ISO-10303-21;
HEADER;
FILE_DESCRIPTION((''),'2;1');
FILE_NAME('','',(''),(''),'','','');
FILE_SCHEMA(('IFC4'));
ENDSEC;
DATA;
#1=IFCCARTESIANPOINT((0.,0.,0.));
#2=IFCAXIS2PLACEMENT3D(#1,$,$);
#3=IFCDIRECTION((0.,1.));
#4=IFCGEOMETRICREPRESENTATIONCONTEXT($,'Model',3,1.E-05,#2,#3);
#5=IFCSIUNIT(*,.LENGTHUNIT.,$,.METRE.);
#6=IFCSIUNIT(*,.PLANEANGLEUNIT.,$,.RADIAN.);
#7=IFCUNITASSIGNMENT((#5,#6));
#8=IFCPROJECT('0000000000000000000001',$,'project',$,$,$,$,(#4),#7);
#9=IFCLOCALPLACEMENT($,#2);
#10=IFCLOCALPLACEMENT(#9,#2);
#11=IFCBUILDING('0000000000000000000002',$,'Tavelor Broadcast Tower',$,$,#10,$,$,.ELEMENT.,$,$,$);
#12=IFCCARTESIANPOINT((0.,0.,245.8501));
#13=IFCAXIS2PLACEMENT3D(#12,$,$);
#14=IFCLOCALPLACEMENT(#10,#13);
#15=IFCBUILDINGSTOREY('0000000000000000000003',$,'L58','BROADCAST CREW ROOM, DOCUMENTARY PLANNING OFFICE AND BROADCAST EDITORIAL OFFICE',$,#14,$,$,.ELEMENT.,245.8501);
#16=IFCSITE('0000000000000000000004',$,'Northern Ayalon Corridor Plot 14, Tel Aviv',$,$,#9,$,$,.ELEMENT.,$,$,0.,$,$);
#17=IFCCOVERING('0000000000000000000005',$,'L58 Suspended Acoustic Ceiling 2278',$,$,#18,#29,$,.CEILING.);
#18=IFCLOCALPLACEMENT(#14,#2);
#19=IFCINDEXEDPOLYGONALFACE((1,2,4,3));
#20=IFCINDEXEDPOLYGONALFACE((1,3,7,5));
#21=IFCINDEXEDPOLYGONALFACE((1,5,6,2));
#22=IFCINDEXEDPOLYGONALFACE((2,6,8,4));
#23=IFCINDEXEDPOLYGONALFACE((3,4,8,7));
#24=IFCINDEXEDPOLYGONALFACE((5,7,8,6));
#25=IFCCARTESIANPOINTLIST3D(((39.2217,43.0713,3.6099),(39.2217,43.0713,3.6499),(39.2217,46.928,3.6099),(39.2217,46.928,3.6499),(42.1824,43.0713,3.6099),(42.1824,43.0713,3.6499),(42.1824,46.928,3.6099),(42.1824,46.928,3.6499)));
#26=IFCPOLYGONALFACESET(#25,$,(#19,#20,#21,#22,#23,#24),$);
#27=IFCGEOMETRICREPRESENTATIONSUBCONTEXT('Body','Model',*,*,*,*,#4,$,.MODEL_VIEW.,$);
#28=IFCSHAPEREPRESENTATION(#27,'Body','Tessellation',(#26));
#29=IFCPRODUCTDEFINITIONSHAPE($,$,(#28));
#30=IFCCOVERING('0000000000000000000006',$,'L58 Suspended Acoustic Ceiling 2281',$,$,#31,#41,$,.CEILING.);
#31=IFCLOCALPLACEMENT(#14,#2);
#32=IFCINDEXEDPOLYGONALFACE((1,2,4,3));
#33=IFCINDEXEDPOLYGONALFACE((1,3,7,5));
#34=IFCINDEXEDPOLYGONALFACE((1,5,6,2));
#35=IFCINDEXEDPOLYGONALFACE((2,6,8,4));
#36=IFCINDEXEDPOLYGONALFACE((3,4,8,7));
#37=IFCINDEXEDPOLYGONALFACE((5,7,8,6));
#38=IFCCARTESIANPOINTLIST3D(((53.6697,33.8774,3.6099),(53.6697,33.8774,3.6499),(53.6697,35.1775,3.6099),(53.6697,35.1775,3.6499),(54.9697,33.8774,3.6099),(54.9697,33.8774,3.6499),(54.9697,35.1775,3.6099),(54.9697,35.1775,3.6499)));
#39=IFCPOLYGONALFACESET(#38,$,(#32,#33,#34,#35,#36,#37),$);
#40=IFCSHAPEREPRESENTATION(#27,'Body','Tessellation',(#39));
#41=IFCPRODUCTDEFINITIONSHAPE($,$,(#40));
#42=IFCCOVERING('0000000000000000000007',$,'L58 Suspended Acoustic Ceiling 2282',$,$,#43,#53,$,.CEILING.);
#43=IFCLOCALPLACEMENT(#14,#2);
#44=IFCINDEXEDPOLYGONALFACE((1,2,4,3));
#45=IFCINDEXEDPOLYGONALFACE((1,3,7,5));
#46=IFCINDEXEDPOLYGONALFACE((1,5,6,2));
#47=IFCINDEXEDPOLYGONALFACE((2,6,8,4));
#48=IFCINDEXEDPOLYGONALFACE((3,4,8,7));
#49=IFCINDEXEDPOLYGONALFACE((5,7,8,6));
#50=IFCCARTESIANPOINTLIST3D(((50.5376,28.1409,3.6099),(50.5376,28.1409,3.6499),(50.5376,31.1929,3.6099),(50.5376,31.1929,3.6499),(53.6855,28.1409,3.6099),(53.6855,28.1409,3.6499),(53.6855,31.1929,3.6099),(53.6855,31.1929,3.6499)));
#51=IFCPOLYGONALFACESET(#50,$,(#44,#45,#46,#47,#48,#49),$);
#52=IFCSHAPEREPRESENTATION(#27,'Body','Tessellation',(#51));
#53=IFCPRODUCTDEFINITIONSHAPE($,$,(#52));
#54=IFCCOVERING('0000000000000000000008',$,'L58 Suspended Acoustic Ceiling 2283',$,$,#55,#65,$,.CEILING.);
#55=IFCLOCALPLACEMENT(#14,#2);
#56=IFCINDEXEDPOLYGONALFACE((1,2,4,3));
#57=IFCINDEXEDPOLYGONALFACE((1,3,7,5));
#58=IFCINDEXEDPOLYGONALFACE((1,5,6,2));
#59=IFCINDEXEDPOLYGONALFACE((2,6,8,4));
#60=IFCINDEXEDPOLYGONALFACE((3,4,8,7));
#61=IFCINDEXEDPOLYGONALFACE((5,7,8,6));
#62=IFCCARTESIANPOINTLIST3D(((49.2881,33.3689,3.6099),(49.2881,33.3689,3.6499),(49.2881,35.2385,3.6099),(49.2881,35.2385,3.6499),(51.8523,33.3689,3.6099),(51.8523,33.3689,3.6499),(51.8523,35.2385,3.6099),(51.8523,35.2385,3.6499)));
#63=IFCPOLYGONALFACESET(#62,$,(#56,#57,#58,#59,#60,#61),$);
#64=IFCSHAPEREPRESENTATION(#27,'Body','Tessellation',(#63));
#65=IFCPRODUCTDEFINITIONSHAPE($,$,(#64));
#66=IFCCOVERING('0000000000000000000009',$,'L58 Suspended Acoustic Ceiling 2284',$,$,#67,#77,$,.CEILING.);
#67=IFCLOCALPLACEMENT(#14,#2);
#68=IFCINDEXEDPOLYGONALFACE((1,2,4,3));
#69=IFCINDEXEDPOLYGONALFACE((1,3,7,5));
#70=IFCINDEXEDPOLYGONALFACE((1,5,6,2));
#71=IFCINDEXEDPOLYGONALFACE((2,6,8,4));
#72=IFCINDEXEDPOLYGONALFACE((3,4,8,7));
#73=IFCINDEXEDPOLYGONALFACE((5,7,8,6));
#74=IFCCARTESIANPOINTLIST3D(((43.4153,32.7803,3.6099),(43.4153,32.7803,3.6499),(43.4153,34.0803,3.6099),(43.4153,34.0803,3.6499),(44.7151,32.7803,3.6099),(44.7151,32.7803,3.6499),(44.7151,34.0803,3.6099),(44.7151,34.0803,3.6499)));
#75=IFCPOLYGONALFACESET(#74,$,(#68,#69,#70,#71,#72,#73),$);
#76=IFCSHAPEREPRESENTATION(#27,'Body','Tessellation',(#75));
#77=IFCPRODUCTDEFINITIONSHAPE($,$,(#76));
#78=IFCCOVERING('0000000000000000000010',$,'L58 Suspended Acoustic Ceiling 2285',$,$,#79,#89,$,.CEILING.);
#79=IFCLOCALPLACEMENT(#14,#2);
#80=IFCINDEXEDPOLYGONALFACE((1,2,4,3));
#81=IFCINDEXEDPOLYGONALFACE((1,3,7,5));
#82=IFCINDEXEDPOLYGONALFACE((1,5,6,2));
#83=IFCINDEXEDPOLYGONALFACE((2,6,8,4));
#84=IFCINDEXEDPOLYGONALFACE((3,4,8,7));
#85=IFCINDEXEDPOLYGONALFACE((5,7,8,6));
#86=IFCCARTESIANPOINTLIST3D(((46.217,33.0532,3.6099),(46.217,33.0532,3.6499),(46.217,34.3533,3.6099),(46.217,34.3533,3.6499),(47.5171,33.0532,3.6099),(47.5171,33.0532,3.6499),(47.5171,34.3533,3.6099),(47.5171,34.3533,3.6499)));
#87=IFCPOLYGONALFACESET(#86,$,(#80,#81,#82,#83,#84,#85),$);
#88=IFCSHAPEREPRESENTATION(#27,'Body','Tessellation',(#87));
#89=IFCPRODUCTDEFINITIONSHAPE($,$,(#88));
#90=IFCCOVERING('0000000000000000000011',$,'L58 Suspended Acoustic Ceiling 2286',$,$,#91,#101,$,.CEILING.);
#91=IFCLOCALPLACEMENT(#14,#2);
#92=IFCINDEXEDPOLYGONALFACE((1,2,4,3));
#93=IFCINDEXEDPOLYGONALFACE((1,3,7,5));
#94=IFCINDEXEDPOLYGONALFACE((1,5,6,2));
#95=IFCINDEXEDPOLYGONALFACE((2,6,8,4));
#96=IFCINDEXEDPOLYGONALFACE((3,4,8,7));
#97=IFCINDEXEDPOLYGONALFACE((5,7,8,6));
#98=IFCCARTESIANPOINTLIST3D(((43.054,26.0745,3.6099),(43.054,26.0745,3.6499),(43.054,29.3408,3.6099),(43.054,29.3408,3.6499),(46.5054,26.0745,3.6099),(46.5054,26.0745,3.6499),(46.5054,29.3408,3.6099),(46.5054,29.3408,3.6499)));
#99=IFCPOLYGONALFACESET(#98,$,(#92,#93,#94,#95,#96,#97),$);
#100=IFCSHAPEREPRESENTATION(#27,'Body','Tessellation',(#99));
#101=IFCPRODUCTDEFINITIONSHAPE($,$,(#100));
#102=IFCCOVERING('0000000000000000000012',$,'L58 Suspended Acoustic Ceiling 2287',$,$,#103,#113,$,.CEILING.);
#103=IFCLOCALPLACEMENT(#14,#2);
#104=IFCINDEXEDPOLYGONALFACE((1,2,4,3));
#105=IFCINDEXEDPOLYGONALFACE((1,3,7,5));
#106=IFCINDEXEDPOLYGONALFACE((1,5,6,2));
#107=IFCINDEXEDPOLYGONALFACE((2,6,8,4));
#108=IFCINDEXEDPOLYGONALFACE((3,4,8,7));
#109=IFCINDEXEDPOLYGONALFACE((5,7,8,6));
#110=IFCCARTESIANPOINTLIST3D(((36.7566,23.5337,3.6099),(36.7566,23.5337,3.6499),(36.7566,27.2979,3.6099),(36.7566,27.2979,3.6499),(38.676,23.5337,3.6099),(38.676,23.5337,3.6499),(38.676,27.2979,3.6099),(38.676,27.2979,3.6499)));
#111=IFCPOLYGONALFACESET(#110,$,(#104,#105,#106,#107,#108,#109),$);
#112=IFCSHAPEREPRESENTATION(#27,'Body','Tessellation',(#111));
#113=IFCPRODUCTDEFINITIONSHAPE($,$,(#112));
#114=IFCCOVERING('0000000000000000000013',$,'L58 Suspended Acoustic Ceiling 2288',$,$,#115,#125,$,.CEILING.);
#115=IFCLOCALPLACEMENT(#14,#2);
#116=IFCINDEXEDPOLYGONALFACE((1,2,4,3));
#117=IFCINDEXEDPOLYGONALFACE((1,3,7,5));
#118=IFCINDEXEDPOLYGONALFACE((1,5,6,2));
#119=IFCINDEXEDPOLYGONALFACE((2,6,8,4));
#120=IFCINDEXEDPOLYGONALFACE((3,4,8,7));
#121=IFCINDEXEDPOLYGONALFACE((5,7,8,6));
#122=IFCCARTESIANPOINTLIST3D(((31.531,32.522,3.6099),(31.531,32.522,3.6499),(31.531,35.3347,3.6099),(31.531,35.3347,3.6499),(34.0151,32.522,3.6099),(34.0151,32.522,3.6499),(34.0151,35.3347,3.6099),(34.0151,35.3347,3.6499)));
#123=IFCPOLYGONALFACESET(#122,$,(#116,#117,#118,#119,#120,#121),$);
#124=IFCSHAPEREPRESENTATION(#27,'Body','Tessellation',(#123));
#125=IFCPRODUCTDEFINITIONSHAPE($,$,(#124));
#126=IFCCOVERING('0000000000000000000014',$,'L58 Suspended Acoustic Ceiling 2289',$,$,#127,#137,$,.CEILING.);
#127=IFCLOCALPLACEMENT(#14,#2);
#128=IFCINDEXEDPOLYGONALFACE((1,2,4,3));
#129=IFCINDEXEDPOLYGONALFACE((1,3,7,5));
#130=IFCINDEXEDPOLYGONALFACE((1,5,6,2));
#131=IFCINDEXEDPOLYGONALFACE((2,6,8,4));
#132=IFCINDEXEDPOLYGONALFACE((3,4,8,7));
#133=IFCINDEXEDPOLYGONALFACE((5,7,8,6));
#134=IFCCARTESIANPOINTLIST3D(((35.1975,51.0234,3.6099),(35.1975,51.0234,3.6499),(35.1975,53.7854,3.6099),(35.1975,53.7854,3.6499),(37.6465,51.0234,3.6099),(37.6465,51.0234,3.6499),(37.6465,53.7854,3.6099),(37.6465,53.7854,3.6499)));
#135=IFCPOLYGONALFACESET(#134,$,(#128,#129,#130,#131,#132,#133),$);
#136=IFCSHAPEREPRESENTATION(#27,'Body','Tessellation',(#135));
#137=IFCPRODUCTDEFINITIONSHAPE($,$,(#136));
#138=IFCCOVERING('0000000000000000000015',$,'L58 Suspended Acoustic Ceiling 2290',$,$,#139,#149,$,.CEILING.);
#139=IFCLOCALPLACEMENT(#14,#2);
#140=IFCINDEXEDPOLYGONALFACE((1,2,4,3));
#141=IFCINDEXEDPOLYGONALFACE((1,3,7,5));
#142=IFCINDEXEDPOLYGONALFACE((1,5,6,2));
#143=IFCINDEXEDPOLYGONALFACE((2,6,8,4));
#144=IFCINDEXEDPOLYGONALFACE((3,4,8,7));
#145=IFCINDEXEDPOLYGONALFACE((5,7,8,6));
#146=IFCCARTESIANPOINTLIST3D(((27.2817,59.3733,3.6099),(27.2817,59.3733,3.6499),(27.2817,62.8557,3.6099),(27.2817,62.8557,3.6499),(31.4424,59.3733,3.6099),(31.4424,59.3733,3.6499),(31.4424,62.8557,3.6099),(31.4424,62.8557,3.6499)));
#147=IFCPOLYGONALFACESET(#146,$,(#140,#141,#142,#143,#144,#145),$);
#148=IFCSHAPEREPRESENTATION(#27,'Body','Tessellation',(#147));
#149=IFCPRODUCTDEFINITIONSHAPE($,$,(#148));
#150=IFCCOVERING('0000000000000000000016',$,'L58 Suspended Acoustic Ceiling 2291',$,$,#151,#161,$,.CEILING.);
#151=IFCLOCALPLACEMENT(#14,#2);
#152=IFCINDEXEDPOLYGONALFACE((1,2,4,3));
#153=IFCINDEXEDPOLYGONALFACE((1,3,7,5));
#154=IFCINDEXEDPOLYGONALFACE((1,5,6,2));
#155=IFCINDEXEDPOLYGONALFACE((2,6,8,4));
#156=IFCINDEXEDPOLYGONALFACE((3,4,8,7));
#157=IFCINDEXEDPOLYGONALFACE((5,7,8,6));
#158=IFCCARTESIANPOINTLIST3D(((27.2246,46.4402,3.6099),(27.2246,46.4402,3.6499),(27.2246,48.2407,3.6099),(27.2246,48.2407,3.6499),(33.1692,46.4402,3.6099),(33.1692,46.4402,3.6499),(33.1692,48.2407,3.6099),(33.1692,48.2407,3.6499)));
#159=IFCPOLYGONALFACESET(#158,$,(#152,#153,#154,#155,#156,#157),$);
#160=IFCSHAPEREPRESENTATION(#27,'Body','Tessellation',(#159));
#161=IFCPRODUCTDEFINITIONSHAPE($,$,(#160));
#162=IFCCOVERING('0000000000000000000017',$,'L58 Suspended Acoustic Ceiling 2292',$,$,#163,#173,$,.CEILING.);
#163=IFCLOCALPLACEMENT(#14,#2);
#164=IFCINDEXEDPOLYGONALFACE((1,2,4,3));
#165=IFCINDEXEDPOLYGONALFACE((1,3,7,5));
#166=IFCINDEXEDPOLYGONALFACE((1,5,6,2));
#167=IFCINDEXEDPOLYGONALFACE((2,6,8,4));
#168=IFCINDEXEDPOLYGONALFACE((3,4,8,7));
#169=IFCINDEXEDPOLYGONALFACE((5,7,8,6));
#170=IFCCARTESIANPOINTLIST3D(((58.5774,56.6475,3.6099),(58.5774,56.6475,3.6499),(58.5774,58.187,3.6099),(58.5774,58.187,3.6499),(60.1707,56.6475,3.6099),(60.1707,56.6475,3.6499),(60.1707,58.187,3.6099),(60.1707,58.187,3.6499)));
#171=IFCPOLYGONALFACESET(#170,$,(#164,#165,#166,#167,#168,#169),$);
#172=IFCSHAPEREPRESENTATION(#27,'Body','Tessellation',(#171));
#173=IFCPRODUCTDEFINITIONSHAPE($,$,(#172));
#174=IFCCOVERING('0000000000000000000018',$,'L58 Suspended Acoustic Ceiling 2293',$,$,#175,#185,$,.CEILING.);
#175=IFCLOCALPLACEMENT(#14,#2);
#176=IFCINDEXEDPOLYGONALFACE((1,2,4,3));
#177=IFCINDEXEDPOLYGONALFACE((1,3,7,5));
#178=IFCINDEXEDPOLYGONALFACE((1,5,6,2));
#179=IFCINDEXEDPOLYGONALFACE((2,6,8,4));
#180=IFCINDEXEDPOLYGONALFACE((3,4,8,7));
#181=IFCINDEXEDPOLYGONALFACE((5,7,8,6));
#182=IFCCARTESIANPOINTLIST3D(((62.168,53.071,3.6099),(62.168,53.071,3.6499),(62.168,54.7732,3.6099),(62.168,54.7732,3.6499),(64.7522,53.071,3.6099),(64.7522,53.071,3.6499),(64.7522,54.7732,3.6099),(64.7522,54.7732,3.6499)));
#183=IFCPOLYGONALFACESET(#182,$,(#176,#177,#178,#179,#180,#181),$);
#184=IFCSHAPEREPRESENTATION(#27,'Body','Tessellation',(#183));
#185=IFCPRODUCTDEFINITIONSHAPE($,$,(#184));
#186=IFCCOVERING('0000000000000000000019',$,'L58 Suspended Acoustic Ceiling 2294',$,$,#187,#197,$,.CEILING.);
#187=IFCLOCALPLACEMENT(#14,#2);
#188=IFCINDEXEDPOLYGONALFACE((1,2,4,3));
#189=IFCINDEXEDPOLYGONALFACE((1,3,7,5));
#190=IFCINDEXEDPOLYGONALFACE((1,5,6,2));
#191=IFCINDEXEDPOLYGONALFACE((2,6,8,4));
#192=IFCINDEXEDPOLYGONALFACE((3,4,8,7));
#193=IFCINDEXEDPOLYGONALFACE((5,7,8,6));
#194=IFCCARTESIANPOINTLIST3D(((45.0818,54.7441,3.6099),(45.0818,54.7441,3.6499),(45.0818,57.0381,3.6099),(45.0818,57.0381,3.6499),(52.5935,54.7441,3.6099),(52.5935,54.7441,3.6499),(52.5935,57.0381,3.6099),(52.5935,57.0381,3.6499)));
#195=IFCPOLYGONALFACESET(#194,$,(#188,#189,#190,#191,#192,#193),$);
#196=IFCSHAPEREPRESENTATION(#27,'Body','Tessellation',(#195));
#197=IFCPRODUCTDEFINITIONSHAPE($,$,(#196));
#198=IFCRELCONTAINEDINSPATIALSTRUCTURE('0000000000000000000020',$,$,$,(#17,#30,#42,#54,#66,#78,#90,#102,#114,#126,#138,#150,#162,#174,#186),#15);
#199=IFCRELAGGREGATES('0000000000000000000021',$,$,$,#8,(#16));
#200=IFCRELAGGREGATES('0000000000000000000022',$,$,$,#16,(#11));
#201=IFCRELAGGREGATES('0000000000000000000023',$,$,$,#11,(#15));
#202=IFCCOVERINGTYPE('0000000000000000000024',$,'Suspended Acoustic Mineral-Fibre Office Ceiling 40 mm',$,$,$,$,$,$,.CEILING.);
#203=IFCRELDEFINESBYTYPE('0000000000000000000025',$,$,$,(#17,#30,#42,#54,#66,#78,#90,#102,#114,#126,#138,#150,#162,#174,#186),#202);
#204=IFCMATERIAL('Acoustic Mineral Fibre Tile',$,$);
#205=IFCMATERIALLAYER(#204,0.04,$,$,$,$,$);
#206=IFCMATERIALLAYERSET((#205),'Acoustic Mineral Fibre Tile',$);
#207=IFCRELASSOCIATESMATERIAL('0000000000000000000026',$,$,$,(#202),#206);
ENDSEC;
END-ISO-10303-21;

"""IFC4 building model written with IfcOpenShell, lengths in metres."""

from ifc_helpers import new_model, si_unit, direction, frame, origin, place, context, subcontext, project, spatial, polyline, outline, extrude, material, layer, layer_set, type_object, element, save


model = new_model("IFC4")

# Units and contexts
model_context = context("Model", 3, precision=1e-05, world=origin(), true_north=direction((0.0, 1.0)))
body_context = subcontext(model_context, "Body", "Model", "MODEL_VIEW")
ifc_project = project(units=[si_unit("LENGTHUNIT", "METRE"), si_unit("PLANEANGLEUNIT", "RADIAN")], contexts=[model_context])

# Site, building, storey
site_placement = place(None, origin())
site = spatial("IfcSite", under=ifc_project, at=site_placement, Name="Northern Ayalon Corridor Plot 14, Tel Aviv", CompositionType="ELEMENT", RefElevation=0.0)
building_placement = place(site_placement, origin())
building = spatial("IfcBuilding", under=site, at=building_placement, Name="Tavelor Broadcast Tower", CompositionType="ELEMENT")
storey_placement = place(building_placement, frame((0.0, 0.0, 245.8501)))
storey = spatial("IfcBuildingStorey", under=building, at=storey_placement, Name="L58", Description="BROADCAST CREW ROOM, DOCUMENTARY PLANNING OFFICE AND BROADCAST EDITORIAL OFFICE", CompositionType="ELEMENT", Elevation=245.8501)

# Coverings
ifc_material_1 = material(Name="Acoustic Mineral Fibre Tile")
ifc_layer_1 = layer(ifc_material_1, 0.04)
ifc_layer_set_1 = layer_set([ifc_layer_1], Name="Acoustic Mineral Fibre Tile")
covering_type_1 = type_object("IfcCoveringType", Name="Suspended Acoustic Mineral-Fibre Office Ceiling 40 mm", PredefinedType="CEILING", material=ifc_layer_set_1)
covering_1_placement = place(storey_placement, frame((0.0, 0.0, 3.6099)))
element("IfcCovering", 1, at=covering_1_placement, inside=storey, type_object=covering_type_1, Name="L58 Suspended Acoustic Ceiling 2278", PredefinedType="CEILING", context=body_context, shape_type="SweptSolid", body=[
    extrude(outline(polyline([(39.2217, 43.0713), (42.1824, 43.0713), (42.1824, 46.928), (39.2217, 46.928), (39.2217, 43.0713)])), origin(), (0.0, 0.0, 1.0), 0.04),
])
covering_2_placement = place(storey_placement, frame((0.0, 0.0, 3.6099)))
element("IfcCovering", 2, at=covering_2_placement, inside=storey, type_object=covering_type_1, Name="L58 Suspended Acoustic Ceiling 2281", PredefinedType="CEILING", context=body_context, shape_type="SweptSolid", body=[
    extrude(outline(polyline([(53.6697, 33.8774), (54.9697, 33.8774), (54.9697, 35.1775), (53.6697, 35.1775), (53.6697, 33.8774)])), origin(), (0.0, 0.0, 1.0), 0.04),
])
covering_3_placement = place(storey_placement, frame((0.0, 0.0, 3.6099)))
element("IfcCovering", 3, at=covering_3_placement, inside=storey, type_object=covering_type_1, Name="L58 Suspended Acoustic Ceiling 2282", PredefinedType="CEILING", context=body_context, shape_type="SweptSolid", body=[
    extrude(outline(polyline([(50.5376, 28.1409), (53.6855, 28.1409), (53.6855, 31.1929), (50.5376, 31.1929), (50.5376, 28.1409)])), origin(), (0.0, 0.0, 1.0), 0.04),
])
covering_4_placement = place(storey_placement, frame((0.0, 0.0, 3.6099)))
element("IfcCovering", 4, at=covering_4_placement, inside=storey, type_object=covering_type_1, Name="L58 Suspended Acoustic Ceiling 2283", PredefinedType="CEILING", context=body_context, shape_type="SweptSolid", body=[
    extrude(outline(polyline([(49.2881, 33.3689), (51.8523, 33.3689), (51.8523, 35.2385), (49.2881, 35.2385), (49.2881, 33.3689)])), origin(), (0.0, 0.0, 1.0), 0.04),
])
covering_5_placement = place(storey_placement, frame((0.0, 0.0, 3.6099)))
element("IfcCovering", 5, at=covering_5_placement, inside=storey, type_object=covering_type_1, Name="L58 Suspended Acoustic Ceiling 2284", PredefinedType="CEILING", context=body_context, shape_type="SweptSolid", body=[
    extrude(outline(polyline([(43.4153, 32.7803), (44.7151, 32.7803), (44.7151, 34.0803), (43.4153, 34.0803), (43.4153, 32.7803)])), origin(), (0.0, 0.0, 1.0), 0.04),
])
covering_6_placement = place(storey_placement, frame((0.0, 0.0, 3.6099)))
element("IfcCovering", 6, at=covering_6_placement, inside=storey, type_object=covering_type_1, Name="L58 Suspended Acoustic Ceiling 2285", PredefinedType="CEILING", context=body_context, shape_type="SweptSolid", body=[
    extrude(outline(polyline([(46.217, 33.0532), (47.5171, 33.0532), (47.5171, 34.3533), (46.217, 34.3533), (46.217, 33.0532)])), origin(), (0.0, 0.0, 1.0), 0.04),
])
covering_7_placement = place(storey_placement, frame((0.0, 0.0, 3.6099)))
element("IfcCovering", 7, at=covering_7_placement, inside=storey, type_object=covering_type_1, Name="L58 Suspended Acoustic Ceiling 2286", PredefinedType="CEILING", context=body_context, shape_type="SweptSolid", body=[
    extrude(outline(polyline([(43.054, 26.0745), (46.5054, 26.0745), (46.5054, 29.3408), (43.054, 29.3408), (43.054, 26.0745)])), origin(), (0.0, 0.0, 1.0), 0.04),
])
covering_8_placement = place(storey_placement, frame((0.0, 0.0, 3.6099)))
element("IfcCovering", 8, at=covering_8_placement, inside=storey, type_object=covering_type_1, Name="L58 Suspended Acoustic Ceiling 2287", PredefinedType="CEILING", context=body_context, shape_type="SweptSolid", body=[
    extrude(outline(polyline([(36.7566, 23.5337), (38.676, 23.5337), (38.676, 27.2979), (36.7566, 27.2979), (36.7566, 23.5337)])), origin(), (0.0, 0.0, 1.0), 0.04),
])
covering_9_placement = place(storey_placement, frame((0.0, 0.0, 3.6099)))
element("IfcCovering", 9, at=covering_9_placement, inside=storey, type_object=covering_type_1, Name="L58 Suspended Acoustic Ceiling 2288", PredefinedType="CEILING", context=body_context, shape_type="SweptSolid", body=[
    extrude(outline(polyline([(31.531, 32.522), (34.0151, 32.522), (34.0151, 35.3347), (31.531, 35.3347), (31.531, 32.522)])), origin(), (0.0, 0.0, 1.0), 0.04),
])
covering_10_placement = place(storey_placement, frame((0.0, 0.0, 3.6099)))
element("IfcCovering", 10, at=covering_10_placement, inside=storey, type_object=covering_type_1, Name="L58 Suspended Acoustic Ceiling 2289", PredefinedType="CEILING", context=body_context, shape_type="SweptSolid", body=[
    extrude(outline(polyline([(35.1975, 51.0234), (37.6465, 51.0234), (37.6465, 53.7854), (35.1975, 53.7854), (35.1975, 51.0234)])), origin(), (0.0, 0.0, 1.0), 0.04),
])
covering_11_placement = place(storey_placement, frame((0.0, 0.0, 3.6099)))
element("IfcCovering", 11, at=covering_11_placement, inside=storey, type_object=covering_type_1, Name="L58 Suspended Acoustic Ceiling 2290", PredefinedType="CEILING", context=body_context, shape_type="SweptSolid", body=[
    extrude(outline(polyline([(27.2817, 59.3733), (31.4424, 59.3733), (31.4424, 62.8557), (27.2817, 62.8557), (27.2817, 59.3733)])), origin(), (0.0, 0.0, 1.0), 0.04),
])
covering_12_placement = place(storey_placement, frame((0.0, 0.0, 3.6099)))
element("IfcCovering", 12, at=covering_12_placement, inside=storey, type_object=covering_type_1, Name="L58 Suspended Acoustic Ceiling 2291", PredefinedType="CEILING", context=body_context, shape_type="SweptSolid", body=[
    extrude(outline(polyline([(27.2246, 46.4402), (33.1692, 46.4402), (33.1692, 48.2407), (27.2246, 48.2407), (27.2246, 46.4402)])), origin(), (0.0, 0.0, 1.0), 0.04),
])
covering_13_placement = place(storey_placement, frame((0.0, 0.0, 3.6099)))
element("IfcCovering", 13, at=covering_13_placement, inside=storey, type_object=covering_type_1, Name="L58 Suspended Acoustic Ceiling 2292", PredefinedType="CEILING", context=body_context, shape_type="SweptSolid", body=[
    extrude(outline(polyline([(58.5774, 56.6475), (60.1707, 56.6475), (60.1707, 58.187), (58.5774, 58.187), (58.5774, 56.6475)])), origin(), (0.0, 0.0, 1.0), 0.04),
])
covering_14_placement = place(storey_placement, frame((0.0, 0.0, 3.6099)))
element("IfcCovering", 14, at=covering_14_placement, inside=storey, type_object=covering_type_1, Name="L58 Suspended Acoustic Ceiling 2293", PredefinedType="CEILING", context=body_context, shape_type="SweptSolid", body=[
    extrude(outline(polyline([(62.168, 53.071), (64.7522, 53.071), (64.7522, 54.7732), (62.168, 54.7732), (62.168, 53.071)])), origin(), (0.0, 0.0, 1.0), 0.04),
])
covering_15_placement = place(storey_placement, frame((0.0, 0.0, 3.6099)))
element("IfcCovering", 15, at=covering_15_placement, inside=storey, type_object=covering_type_1, Name="L58 Suspended Acoustic Ceiling 2294", PredefinedType="CEILING", context=body_context, shape_type="SweptSolid", body=[
    extrude(outline(polyline([(45.0818, 54.7441), (52.5935, 54.7441), (52.5935, 57.0381), (45.0818, 57.0381), (45.0818, 54.7441)])), origin(), (0.0, 0.0, 1.0), 0.04),
])

save(model, "model.ifc")
